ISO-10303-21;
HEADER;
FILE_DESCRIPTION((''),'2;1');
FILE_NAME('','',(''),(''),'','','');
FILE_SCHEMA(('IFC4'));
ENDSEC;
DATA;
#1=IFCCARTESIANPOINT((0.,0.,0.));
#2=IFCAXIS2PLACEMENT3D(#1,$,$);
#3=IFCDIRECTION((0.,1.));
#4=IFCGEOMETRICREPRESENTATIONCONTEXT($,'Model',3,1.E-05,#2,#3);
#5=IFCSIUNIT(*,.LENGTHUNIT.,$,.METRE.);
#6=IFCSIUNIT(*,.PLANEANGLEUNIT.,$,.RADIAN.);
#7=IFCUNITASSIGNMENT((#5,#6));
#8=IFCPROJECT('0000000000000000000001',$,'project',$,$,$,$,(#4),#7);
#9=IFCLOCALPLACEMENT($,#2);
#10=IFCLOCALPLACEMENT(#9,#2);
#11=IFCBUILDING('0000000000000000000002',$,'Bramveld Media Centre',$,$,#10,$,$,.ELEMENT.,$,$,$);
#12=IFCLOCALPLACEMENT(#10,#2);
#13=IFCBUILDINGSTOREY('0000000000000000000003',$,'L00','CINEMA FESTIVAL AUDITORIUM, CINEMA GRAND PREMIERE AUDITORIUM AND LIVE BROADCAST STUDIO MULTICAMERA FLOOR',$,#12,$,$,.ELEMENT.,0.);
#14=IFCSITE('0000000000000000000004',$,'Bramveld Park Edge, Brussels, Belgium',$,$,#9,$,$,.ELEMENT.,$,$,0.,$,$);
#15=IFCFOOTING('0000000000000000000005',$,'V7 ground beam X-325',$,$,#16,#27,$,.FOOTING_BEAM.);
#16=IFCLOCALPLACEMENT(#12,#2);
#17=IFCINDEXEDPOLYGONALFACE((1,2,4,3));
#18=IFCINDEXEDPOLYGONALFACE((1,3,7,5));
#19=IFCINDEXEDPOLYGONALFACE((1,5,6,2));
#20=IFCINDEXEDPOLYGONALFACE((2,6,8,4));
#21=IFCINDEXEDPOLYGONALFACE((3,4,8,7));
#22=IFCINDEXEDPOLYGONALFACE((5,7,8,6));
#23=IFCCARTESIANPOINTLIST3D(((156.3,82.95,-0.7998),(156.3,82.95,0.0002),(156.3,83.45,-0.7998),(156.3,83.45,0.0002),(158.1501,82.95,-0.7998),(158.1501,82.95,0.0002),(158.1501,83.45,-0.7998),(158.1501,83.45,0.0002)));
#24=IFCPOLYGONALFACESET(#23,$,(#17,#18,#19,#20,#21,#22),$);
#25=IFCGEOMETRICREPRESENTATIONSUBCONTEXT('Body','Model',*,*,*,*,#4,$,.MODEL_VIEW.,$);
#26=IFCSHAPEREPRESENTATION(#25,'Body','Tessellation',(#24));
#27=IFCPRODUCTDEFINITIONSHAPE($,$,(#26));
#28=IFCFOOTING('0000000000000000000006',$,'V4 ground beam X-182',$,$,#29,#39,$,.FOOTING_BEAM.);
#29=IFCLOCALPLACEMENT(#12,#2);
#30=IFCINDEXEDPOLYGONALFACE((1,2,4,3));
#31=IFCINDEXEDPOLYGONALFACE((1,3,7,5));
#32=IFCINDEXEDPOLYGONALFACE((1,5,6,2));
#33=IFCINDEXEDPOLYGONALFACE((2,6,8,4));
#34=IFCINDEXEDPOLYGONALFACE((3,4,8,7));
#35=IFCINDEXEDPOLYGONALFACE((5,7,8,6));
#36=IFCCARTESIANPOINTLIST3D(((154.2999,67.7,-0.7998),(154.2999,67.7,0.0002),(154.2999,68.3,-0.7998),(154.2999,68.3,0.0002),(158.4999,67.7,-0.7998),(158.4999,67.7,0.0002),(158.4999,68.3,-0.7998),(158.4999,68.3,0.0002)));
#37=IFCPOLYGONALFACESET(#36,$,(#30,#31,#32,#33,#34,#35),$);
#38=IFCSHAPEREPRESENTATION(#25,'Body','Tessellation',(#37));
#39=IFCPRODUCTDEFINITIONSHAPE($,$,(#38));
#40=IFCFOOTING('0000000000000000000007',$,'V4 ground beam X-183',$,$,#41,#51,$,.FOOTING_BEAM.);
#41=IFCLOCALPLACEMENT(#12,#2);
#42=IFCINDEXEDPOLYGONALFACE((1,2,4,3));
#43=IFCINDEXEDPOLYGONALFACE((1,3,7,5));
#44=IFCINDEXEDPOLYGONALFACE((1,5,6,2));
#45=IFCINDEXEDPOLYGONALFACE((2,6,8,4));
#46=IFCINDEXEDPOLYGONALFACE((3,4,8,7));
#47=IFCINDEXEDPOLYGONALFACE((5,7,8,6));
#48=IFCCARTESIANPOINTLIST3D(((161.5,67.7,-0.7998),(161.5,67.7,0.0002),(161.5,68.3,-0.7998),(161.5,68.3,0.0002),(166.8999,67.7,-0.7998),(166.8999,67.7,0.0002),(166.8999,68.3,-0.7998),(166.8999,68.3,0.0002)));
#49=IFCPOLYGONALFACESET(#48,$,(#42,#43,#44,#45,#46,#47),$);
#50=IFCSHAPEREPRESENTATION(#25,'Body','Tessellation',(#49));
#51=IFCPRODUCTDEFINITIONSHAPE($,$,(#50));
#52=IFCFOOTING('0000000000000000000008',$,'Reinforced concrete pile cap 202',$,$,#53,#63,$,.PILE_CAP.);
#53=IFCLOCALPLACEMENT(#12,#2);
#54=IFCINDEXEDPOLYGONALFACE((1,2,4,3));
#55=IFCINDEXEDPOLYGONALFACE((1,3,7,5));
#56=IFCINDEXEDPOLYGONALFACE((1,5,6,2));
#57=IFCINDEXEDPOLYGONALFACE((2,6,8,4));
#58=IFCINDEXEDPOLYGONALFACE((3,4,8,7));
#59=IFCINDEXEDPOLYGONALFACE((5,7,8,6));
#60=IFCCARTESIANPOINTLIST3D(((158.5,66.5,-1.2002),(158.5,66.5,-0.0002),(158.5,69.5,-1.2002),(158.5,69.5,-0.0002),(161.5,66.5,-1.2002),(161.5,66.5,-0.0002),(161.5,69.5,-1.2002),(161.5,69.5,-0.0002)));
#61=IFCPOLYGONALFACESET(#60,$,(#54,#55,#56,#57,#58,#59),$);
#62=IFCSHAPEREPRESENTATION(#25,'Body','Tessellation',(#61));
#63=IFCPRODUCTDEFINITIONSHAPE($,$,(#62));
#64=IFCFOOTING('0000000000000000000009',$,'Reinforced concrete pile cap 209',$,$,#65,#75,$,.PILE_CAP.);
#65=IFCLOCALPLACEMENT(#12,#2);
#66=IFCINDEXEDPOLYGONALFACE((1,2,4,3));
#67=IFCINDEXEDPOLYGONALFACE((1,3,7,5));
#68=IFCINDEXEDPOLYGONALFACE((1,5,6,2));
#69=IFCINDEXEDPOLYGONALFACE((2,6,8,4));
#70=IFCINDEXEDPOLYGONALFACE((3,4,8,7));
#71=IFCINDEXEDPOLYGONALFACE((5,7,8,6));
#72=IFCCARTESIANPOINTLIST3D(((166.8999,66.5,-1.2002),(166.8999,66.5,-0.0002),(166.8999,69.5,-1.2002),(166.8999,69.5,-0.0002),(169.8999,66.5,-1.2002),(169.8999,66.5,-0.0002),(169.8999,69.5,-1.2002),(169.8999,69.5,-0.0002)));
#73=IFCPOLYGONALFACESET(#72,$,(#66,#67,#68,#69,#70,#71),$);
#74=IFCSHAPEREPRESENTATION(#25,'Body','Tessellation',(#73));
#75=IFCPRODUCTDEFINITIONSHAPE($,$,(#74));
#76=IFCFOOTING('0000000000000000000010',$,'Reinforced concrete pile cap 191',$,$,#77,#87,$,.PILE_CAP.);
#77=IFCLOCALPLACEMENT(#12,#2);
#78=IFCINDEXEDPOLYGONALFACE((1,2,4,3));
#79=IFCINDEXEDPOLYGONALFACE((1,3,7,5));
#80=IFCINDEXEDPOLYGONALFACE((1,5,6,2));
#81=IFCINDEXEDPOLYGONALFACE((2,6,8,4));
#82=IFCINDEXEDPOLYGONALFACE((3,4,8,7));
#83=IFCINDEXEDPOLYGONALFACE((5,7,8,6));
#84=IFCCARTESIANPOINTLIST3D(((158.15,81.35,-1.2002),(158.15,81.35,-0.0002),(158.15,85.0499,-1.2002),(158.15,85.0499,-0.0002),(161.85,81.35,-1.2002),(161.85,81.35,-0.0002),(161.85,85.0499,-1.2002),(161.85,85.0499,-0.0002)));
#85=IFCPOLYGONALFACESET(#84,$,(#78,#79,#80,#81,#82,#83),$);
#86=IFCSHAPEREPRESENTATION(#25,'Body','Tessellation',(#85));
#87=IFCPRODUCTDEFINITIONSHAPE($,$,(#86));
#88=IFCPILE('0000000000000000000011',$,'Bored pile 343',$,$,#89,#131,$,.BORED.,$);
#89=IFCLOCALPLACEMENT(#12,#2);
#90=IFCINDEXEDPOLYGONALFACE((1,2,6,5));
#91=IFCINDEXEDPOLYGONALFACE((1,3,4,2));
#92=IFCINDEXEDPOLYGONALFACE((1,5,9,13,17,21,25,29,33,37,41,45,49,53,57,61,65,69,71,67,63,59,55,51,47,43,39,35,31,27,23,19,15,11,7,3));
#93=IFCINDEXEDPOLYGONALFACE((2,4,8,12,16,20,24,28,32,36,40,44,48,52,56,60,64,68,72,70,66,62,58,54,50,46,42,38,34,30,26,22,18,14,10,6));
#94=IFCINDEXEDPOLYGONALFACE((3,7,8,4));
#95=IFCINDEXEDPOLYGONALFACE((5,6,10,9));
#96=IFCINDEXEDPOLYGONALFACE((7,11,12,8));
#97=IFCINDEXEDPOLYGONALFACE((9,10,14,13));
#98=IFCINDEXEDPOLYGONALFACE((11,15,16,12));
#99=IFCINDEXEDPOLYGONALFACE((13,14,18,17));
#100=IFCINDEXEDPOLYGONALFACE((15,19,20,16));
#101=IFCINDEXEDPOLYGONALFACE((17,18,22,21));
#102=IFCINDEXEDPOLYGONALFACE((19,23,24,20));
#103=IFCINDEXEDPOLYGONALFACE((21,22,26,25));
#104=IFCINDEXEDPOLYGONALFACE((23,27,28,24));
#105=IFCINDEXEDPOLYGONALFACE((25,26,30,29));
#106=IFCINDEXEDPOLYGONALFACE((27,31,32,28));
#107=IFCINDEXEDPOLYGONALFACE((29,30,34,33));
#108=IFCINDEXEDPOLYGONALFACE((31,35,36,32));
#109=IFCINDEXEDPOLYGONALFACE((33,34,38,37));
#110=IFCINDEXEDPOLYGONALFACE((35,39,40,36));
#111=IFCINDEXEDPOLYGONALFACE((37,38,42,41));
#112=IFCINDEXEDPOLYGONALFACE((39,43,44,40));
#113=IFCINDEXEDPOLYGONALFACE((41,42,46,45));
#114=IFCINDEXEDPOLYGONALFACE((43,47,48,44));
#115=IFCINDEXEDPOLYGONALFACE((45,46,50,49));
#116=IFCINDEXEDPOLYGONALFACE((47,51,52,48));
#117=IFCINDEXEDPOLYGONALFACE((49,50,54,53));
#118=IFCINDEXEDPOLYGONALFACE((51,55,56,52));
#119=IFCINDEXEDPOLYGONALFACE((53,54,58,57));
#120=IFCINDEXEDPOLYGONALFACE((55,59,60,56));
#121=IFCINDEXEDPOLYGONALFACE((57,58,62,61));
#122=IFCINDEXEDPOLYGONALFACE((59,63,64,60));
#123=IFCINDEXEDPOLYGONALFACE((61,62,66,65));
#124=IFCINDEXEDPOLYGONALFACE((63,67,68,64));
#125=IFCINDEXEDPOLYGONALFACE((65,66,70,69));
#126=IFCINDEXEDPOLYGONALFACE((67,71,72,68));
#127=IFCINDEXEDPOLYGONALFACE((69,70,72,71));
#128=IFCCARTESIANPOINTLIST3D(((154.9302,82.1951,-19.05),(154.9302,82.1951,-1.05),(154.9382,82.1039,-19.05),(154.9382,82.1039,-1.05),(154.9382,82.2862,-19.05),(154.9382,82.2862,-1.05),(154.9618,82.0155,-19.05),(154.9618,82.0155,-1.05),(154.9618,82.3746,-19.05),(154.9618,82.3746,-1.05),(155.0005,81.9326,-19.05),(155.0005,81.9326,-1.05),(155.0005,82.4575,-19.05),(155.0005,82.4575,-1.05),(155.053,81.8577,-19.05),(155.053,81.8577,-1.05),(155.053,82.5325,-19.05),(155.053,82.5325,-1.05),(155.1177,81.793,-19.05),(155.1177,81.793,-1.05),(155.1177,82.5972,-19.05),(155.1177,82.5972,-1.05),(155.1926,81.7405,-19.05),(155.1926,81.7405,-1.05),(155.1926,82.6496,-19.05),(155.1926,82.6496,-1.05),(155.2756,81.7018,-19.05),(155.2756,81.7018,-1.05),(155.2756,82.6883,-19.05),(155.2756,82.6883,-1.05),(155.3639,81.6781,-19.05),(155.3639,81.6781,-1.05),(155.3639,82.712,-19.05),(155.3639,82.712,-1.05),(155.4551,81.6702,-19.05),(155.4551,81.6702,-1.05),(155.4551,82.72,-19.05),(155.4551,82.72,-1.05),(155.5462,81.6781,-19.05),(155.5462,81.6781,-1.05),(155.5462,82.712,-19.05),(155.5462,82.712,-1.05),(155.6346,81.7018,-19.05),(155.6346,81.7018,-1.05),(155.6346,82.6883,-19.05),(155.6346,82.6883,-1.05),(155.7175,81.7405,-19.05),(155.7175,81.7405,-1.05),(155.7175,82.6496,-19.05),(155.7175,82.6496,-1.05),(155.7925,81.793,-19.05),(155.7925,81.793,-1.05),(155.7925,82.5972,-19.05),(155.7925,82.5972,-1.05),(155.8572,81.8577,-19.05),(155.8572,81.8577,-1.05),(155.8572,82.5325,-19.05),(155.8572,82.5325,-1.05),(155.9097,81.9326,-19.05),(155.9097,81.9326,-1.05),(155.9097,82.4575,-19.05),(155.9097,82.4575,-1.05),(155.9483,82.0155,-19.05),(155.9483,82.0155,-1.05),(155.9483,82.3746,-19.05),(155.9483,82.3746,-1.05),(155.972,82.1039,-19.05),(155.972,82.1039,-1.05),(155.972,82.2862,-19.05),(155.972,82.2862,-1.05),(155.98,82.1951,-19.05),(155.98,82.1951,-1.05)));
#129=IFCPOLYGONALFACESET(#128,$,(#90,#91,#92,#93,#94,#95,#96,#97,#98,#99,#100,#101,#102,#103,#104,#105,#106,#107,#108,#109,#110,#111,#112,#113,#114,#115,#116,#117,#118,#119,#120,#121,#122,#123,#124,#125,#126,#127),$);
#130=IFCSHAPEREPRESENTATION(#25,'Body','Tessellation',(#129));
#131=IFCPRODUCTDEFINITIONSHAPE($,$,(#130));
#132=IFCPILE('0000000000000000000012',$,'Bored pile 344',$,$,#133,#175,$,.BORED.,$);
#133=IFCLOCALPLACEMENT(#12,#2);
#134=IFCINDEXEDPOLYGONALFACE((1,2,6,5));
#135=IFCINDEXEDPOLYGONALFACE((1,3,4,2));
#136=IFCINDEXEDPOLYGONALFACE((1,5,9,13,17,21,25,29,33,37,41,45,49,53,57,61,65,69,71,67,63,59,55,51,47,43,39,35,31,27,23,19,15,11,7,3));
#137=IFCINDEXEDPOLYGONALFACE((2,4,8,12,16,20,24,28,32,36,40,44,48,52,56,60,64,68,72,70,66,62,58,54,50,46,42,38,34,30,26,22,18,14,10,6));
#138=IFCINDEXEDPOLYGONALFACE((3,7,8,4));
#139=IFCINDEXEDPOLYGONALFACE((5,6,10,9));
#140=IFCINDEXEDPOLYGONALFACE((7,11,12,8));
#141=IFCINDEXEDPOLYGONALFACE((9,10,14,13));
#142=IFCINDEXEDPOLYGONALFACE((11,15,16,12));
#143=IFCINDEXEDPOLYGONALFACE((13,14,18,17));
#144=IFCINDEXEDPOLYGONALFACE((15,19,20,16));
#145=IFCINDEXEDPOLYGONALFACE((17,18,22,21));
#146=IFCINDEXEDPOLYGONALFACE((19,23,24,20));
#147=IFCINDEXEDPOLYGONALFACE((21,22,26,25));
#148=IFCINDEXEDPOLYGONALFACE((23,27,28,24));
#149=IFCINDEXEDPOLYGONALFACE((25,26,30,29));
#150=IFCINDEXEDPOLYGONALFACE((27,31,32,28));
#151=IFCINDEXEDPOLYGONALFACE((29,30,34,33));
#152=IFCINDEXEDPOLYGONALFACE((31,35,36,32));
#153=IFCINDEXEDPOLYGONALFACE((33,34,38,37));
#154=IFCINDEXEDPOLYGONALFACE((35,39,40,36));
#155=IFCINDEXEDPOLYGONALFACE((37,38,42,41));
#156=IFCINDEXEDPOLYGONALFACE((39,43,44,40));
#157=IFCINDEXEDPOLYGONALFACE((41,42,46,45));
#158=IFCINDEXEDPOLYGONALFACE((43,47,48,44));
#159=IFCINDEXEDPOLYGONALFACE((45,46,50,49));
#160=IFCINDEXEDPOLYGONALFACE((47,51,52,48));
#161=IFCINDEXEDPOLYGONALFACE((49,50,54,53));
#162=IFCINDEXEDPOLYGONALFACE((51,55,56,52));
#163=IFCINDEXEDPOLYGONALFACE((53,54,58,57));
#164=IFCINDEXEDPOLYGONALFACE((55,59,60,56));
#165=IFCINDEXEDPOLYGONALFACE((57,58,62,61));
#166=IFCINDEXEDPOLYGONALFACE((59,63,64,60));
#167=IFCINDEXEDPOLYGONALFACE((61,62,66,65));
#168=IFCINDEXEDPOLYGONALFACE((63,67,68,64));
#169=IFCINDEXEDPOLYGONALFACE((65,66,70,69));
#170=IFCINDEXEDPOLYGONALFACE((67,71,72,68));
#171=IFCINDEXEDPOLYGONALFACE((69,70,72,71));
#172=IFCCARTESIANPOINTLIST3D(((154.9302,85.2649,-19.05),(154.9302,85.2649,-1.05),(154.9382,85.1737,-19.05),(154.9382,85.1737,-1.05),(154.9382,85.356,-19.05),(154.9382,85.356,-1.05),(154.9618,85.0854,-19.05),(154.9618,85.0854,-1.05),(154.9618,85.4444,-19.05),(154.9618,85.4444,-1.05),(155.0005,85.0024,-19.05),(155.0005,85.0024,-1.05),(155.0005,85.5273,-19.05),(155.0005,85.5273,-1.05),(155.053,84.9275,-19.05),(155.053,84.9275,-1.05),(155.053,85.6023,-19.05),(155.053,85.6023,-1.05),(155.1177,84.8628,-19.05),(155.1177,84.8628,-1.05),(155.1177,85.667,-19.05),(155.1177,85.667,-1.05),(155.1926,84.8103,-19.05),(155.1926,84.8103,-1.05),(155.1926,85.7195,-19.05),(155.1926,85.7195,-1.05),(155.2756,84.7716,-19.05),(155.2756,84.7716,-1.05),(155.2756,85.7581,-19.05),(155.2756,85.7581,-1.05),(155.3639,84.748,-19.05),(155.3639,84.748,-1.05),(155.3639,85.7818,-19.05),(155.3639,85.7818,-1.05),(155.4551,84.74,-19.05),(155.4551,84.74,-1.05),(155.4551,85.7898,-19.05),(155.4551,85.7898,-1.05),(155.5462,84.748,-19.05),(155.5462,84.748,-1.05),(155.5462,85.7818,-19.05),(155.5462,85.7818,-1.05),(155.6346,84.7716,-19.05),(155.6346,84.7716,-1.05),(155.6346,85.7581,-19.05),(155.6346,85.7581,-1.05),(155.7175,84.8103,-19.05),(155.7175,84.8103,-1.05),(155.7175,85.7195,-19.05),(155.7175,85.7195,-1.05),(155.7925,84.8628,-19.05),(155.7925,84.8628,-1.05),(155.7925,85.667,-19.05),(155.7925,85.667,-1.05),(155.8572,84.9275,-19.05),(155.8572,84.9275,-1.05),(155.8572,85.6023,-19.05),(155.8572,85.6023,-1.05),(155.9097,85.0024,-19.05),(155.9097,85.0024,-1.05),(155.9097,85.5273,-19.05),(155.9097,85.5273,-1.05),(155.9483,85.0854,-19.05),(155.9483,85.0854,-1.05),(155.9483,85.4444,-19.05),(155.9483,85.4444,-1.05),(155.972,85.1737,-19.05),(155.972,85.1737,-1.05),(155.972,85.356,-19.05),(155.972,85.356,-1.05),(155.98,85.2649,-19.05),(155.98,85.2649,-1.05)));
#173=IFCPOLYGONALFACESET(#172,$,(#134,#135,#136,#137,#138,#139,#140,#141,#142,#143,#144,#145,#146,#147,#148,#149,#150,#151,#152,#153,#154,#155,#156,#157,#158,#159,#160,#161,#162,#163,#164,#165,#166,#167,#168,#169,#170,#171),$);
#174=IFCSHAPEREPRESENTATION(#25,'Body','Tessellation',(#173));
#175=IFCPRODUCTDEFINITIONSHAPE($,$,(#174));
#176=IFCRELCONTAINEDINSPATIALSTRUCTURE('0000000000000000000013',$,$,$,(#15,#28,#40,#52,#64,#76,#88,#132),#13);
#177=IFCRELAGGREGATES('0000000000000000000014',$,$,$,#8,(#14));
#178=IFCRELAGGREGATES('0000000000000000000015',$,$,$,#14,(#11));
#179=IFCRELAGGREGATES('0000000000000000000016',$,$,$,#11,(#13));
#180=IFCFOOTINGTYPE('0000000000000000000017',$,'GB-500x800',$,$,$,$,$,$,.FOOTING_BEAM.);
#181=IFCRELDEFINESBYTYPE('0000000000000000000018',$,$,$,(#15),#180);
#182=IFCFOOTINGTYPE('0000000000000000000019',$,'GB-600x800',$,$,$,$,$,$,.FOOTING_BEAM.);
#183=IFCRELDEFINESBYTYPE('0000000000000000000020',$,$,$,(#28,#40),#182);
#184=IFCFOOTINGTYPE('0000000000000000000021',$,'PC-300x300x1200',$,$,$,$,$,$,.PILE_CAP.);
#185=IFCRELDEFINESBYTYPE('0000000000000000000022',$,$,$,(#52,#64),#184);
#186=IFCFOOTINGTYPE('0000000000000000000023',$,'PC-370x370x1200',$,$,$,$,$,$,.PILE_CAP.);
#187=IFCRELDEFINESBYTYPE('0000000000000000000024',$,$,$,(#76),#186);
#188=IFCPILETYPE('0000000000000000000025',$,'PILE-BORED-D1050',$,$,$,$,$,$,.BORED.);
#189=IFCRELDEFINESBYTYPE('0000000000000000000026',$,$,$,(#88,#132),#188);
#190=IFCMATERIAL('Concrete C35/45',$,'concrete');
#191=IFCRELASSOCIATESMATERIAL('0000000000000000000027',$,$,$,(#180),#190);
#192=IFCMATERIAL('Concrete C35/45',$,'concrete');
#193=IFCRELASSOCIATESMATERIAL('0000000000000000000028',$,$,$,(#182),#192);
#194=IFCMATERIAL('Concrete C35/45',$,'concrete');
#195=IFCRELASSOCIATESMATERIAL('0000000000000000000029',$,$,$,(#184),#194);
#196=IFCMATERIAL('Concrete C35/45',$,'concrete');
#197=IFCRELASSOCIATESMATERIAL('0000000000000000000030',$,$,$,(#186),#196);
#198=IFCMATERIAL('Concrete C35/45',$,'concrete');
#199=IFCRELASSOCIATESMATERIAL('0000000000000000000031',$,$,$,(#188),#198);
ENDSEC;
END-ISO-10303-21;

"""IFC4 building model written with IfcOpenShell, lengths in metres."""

from ifc_helpers import new_model, si_unit, direction, frame, origin, origin_2d, place, context, subcontext, project, spatial, rectangle, circle, extrude, material, material_profile, profile_set, type_object, element, save


model = new_model("IFC4")

# Units and contexts
model_context = context("Model", 3, precision=1e-05, world=origin(), true_north=direction((0.0, 1.0)))
body_context = subcontext(model_context, "Body", "Model", "MODEL_VIEW")
ifc_project = project(units=[si_unit("LENGTHUNIT", "METRE"), si_unit("PLANEANGLEUNIT", "RADIAN")], contexts=[model_context])

# Site, building, storey
site_placement = place(None, origin())
site = spatial("IfcSite", under=ifc_project, at=site_placement, Name="Bramveld Park Edge, Brussels, Belgium", CompositionType="ELEMENT", RefElevation=0.0)
building_placement = place(site_placement, origin())
building = spatial("IfcBuilding", under=site, at=building_placement, Name="Bramveld Media Centre", CompositionType="ELEMENT")
storey_placement = place(building_placement, origin())
storey = spatial("IfcBuildingStorey", under=building, at=storey_placement, Name="L00", Description="CINEMA FESTIVAL AUDITORIUM, CINEMA GRAND PREMIERE AUDITORIUM AND LIVE BROADCAST STUDIO MULTICAMERA FLOOR", CompositionType="ELEMENT", Elevation=0.0)

# Footings
ifc_material_1 = material(Name="Concrete C35/45", Category="concrete")
footing_type_1 = type_object("IfcFootingType", Name="GB-500x800", PredefinedType="FOOTING_BEAM", material=ifc_material_1)
footing_1_placement = place(storey_placement, frame((157.2251, 83.2, -0.7998), z_axis=(0.0, 0.0, 1.0), x_axis=(1.0, 0.0, 0.0)))
element("IfcFooting", 1, at=footing_1_placement, inside=storey, type_object=footing_type_1, Name="V7 ground beam X-325", PredefinedType="FOOTING_BEAM", context=body_context, shape_type="SweptSolid", body=[
    extrude(rectangle(XDim=1.8501, YDim=0.5, at=origin_2d()), origin(), (0.0, 0.0, 1.0), 0.8),
])
ifc_material_2 = material(Name="Concrete C35/45", Category="concrete")
footing_type_2 = type_object("IfcFootingType", Name="GB-600x800", PredefinedType="FOOTING_BEAM", material=ifc_material_2)
footing_2_placement = place(storey_placement, frame((156.3999, 68.0, -0.7998), z_axis=(0.0, 0.0, 1.0), x_axis=(1.0, 0.0, 0.0)))
element("IfcFooting", 2, at=footing_2_placement, inside=storey, type_object=footing_type_2, Name="V4 ground beam X-182", PredefinedType="FOOTING_BEAM", context=body_context, shape_type="SweptSolid", body=[
    extrude(rectangle(XDim=4.2, YDim=0.6001, at=origin_2d()), origin(), (0.0, 0.0, 1.0), 0.8),
])
footing_3_placement = place(storey_placement, frame((164.2, 68.0, -0.7998), z_axis=(0.0, 0.0, 1.0), x_axis=(1.0, 0.0, 0.0)))
element("IfcFooting", 3, at=footing_3_placement, inside=storey, type_object=footing_type_2, Name="V4 ground beam X-183", PredefinedType="FOOTING_BEAM", context=body_context, shape_type="SweptSolid", body=[
    extrude(rectangle(XDim=5.3999, YDim=0.6001, at=origin_2d()), origin(), (0.0, 0.0, 1.0), 0.8),
])
ifc_material_3 = material(Name="Concrete C35/45", Category="concrete")
footing_type_3 = type_object("IfcFootingType", Name="PC-300x300x1200", PredefinedType="PILE_CAP", material=ifc_material_3)
for number, where, z_axis, x_axis, name in (
    (4, (160.0, 68.0, -1.2002), (0.0, 0.0, 1.0), (1.0, 0.0, 0.0), "Reinforced concrete pile cap 202"),
    (5, (168.3999, 68.0, -1.2002), (0.0, 0.0, 1.0), (1.0, 0.0, 0.0), "Reinforced concrete pile cap 209"),
):
    element("IfcFooting", number, at=place(storey_placement, frame(where, z_axis=z_axis, x_axis=x_axis)), inside=storey, type_object=footing_type_3, Name=name, PredefinedType="PILE_CAP", context=body_context, shape_type="SweptSolid", body=[
        extrude(rectangle(XDim=3.0, YDim=3.0, at=origin_2d()), origin(), (0.0, 0.0, 1.0), 1.2),
    ])
ifc_material_4 = material(Name="Concrete C35/45", Category="concrete")
footing_type_4 = type_object("IfcFootingType", Name="PC-370x370x1200", PredefinedType="PILE_CAP", material=ifc_material_4)
footing_4_placement = place(storey_placement, frame((160.0, 83.2, -1.2002), z_axis=(0.0, 0.0, 1.0), x_axis=(1.0, 0.0, 0.0)))
element("IfcFooting", 6, at=footing_4_placement, inside=storey, type_object=footing_type_4, Name="Reinforced concrete pile cap 191", PredefinedType="PILE_CAP", context=body_context, shape_type="SweptSolid", body=[
    extrude(rectangle(XDim=3.7, YDim=3.7, at=origin_2d()), origin(), (0.0, 0.0, 1.0), 1.2),
])

# Piles
ifc_material_5 = material(Name="Concrete C35/45", Category="concrete")
ifc_material_profile_1 = material_profile(ifc_material_5, circle(Radius=0.5249, at=origin_2d()), Name="BORED D1050")
ifc_profile_set_1 = profile_set([ifc_material_profile_1], Name="Concrete C35/45")
pile_type_1 = type_object("IfcPileType", Name="PILE-BORED-D1050", PredefinedType="BORED", material=ifc_profile_set_1)
for number, where, z_axis, x_axis, name in (
    (7, (155.4551, 82.1951, -1.05), (0.0, 0.0, -1.0), (1.0, 0.0, 0.0), "Bored pile 343"),
    (8, (155.4551, 85.2649, -1.05), (0.0, 0.0, -1.0), (1.0, 0.0, 0.0), "Bored pile 344"),
):
    element("IfcPile", number, at=place(storey_placement, frame(where, z_axis=z_axis, x_axis=x_axis)), inside=storey, type_object=pile_type_1, Name=name, PredefinedType="BORED", context=body_context, shape_type="SweptSolid", body=[
        extrude(circle(Radius=0.5249, at=origin_2d()), origin(), (0.0, 0.0, 1.0), 18.0),
    ])

save(model, "model.ifc")
